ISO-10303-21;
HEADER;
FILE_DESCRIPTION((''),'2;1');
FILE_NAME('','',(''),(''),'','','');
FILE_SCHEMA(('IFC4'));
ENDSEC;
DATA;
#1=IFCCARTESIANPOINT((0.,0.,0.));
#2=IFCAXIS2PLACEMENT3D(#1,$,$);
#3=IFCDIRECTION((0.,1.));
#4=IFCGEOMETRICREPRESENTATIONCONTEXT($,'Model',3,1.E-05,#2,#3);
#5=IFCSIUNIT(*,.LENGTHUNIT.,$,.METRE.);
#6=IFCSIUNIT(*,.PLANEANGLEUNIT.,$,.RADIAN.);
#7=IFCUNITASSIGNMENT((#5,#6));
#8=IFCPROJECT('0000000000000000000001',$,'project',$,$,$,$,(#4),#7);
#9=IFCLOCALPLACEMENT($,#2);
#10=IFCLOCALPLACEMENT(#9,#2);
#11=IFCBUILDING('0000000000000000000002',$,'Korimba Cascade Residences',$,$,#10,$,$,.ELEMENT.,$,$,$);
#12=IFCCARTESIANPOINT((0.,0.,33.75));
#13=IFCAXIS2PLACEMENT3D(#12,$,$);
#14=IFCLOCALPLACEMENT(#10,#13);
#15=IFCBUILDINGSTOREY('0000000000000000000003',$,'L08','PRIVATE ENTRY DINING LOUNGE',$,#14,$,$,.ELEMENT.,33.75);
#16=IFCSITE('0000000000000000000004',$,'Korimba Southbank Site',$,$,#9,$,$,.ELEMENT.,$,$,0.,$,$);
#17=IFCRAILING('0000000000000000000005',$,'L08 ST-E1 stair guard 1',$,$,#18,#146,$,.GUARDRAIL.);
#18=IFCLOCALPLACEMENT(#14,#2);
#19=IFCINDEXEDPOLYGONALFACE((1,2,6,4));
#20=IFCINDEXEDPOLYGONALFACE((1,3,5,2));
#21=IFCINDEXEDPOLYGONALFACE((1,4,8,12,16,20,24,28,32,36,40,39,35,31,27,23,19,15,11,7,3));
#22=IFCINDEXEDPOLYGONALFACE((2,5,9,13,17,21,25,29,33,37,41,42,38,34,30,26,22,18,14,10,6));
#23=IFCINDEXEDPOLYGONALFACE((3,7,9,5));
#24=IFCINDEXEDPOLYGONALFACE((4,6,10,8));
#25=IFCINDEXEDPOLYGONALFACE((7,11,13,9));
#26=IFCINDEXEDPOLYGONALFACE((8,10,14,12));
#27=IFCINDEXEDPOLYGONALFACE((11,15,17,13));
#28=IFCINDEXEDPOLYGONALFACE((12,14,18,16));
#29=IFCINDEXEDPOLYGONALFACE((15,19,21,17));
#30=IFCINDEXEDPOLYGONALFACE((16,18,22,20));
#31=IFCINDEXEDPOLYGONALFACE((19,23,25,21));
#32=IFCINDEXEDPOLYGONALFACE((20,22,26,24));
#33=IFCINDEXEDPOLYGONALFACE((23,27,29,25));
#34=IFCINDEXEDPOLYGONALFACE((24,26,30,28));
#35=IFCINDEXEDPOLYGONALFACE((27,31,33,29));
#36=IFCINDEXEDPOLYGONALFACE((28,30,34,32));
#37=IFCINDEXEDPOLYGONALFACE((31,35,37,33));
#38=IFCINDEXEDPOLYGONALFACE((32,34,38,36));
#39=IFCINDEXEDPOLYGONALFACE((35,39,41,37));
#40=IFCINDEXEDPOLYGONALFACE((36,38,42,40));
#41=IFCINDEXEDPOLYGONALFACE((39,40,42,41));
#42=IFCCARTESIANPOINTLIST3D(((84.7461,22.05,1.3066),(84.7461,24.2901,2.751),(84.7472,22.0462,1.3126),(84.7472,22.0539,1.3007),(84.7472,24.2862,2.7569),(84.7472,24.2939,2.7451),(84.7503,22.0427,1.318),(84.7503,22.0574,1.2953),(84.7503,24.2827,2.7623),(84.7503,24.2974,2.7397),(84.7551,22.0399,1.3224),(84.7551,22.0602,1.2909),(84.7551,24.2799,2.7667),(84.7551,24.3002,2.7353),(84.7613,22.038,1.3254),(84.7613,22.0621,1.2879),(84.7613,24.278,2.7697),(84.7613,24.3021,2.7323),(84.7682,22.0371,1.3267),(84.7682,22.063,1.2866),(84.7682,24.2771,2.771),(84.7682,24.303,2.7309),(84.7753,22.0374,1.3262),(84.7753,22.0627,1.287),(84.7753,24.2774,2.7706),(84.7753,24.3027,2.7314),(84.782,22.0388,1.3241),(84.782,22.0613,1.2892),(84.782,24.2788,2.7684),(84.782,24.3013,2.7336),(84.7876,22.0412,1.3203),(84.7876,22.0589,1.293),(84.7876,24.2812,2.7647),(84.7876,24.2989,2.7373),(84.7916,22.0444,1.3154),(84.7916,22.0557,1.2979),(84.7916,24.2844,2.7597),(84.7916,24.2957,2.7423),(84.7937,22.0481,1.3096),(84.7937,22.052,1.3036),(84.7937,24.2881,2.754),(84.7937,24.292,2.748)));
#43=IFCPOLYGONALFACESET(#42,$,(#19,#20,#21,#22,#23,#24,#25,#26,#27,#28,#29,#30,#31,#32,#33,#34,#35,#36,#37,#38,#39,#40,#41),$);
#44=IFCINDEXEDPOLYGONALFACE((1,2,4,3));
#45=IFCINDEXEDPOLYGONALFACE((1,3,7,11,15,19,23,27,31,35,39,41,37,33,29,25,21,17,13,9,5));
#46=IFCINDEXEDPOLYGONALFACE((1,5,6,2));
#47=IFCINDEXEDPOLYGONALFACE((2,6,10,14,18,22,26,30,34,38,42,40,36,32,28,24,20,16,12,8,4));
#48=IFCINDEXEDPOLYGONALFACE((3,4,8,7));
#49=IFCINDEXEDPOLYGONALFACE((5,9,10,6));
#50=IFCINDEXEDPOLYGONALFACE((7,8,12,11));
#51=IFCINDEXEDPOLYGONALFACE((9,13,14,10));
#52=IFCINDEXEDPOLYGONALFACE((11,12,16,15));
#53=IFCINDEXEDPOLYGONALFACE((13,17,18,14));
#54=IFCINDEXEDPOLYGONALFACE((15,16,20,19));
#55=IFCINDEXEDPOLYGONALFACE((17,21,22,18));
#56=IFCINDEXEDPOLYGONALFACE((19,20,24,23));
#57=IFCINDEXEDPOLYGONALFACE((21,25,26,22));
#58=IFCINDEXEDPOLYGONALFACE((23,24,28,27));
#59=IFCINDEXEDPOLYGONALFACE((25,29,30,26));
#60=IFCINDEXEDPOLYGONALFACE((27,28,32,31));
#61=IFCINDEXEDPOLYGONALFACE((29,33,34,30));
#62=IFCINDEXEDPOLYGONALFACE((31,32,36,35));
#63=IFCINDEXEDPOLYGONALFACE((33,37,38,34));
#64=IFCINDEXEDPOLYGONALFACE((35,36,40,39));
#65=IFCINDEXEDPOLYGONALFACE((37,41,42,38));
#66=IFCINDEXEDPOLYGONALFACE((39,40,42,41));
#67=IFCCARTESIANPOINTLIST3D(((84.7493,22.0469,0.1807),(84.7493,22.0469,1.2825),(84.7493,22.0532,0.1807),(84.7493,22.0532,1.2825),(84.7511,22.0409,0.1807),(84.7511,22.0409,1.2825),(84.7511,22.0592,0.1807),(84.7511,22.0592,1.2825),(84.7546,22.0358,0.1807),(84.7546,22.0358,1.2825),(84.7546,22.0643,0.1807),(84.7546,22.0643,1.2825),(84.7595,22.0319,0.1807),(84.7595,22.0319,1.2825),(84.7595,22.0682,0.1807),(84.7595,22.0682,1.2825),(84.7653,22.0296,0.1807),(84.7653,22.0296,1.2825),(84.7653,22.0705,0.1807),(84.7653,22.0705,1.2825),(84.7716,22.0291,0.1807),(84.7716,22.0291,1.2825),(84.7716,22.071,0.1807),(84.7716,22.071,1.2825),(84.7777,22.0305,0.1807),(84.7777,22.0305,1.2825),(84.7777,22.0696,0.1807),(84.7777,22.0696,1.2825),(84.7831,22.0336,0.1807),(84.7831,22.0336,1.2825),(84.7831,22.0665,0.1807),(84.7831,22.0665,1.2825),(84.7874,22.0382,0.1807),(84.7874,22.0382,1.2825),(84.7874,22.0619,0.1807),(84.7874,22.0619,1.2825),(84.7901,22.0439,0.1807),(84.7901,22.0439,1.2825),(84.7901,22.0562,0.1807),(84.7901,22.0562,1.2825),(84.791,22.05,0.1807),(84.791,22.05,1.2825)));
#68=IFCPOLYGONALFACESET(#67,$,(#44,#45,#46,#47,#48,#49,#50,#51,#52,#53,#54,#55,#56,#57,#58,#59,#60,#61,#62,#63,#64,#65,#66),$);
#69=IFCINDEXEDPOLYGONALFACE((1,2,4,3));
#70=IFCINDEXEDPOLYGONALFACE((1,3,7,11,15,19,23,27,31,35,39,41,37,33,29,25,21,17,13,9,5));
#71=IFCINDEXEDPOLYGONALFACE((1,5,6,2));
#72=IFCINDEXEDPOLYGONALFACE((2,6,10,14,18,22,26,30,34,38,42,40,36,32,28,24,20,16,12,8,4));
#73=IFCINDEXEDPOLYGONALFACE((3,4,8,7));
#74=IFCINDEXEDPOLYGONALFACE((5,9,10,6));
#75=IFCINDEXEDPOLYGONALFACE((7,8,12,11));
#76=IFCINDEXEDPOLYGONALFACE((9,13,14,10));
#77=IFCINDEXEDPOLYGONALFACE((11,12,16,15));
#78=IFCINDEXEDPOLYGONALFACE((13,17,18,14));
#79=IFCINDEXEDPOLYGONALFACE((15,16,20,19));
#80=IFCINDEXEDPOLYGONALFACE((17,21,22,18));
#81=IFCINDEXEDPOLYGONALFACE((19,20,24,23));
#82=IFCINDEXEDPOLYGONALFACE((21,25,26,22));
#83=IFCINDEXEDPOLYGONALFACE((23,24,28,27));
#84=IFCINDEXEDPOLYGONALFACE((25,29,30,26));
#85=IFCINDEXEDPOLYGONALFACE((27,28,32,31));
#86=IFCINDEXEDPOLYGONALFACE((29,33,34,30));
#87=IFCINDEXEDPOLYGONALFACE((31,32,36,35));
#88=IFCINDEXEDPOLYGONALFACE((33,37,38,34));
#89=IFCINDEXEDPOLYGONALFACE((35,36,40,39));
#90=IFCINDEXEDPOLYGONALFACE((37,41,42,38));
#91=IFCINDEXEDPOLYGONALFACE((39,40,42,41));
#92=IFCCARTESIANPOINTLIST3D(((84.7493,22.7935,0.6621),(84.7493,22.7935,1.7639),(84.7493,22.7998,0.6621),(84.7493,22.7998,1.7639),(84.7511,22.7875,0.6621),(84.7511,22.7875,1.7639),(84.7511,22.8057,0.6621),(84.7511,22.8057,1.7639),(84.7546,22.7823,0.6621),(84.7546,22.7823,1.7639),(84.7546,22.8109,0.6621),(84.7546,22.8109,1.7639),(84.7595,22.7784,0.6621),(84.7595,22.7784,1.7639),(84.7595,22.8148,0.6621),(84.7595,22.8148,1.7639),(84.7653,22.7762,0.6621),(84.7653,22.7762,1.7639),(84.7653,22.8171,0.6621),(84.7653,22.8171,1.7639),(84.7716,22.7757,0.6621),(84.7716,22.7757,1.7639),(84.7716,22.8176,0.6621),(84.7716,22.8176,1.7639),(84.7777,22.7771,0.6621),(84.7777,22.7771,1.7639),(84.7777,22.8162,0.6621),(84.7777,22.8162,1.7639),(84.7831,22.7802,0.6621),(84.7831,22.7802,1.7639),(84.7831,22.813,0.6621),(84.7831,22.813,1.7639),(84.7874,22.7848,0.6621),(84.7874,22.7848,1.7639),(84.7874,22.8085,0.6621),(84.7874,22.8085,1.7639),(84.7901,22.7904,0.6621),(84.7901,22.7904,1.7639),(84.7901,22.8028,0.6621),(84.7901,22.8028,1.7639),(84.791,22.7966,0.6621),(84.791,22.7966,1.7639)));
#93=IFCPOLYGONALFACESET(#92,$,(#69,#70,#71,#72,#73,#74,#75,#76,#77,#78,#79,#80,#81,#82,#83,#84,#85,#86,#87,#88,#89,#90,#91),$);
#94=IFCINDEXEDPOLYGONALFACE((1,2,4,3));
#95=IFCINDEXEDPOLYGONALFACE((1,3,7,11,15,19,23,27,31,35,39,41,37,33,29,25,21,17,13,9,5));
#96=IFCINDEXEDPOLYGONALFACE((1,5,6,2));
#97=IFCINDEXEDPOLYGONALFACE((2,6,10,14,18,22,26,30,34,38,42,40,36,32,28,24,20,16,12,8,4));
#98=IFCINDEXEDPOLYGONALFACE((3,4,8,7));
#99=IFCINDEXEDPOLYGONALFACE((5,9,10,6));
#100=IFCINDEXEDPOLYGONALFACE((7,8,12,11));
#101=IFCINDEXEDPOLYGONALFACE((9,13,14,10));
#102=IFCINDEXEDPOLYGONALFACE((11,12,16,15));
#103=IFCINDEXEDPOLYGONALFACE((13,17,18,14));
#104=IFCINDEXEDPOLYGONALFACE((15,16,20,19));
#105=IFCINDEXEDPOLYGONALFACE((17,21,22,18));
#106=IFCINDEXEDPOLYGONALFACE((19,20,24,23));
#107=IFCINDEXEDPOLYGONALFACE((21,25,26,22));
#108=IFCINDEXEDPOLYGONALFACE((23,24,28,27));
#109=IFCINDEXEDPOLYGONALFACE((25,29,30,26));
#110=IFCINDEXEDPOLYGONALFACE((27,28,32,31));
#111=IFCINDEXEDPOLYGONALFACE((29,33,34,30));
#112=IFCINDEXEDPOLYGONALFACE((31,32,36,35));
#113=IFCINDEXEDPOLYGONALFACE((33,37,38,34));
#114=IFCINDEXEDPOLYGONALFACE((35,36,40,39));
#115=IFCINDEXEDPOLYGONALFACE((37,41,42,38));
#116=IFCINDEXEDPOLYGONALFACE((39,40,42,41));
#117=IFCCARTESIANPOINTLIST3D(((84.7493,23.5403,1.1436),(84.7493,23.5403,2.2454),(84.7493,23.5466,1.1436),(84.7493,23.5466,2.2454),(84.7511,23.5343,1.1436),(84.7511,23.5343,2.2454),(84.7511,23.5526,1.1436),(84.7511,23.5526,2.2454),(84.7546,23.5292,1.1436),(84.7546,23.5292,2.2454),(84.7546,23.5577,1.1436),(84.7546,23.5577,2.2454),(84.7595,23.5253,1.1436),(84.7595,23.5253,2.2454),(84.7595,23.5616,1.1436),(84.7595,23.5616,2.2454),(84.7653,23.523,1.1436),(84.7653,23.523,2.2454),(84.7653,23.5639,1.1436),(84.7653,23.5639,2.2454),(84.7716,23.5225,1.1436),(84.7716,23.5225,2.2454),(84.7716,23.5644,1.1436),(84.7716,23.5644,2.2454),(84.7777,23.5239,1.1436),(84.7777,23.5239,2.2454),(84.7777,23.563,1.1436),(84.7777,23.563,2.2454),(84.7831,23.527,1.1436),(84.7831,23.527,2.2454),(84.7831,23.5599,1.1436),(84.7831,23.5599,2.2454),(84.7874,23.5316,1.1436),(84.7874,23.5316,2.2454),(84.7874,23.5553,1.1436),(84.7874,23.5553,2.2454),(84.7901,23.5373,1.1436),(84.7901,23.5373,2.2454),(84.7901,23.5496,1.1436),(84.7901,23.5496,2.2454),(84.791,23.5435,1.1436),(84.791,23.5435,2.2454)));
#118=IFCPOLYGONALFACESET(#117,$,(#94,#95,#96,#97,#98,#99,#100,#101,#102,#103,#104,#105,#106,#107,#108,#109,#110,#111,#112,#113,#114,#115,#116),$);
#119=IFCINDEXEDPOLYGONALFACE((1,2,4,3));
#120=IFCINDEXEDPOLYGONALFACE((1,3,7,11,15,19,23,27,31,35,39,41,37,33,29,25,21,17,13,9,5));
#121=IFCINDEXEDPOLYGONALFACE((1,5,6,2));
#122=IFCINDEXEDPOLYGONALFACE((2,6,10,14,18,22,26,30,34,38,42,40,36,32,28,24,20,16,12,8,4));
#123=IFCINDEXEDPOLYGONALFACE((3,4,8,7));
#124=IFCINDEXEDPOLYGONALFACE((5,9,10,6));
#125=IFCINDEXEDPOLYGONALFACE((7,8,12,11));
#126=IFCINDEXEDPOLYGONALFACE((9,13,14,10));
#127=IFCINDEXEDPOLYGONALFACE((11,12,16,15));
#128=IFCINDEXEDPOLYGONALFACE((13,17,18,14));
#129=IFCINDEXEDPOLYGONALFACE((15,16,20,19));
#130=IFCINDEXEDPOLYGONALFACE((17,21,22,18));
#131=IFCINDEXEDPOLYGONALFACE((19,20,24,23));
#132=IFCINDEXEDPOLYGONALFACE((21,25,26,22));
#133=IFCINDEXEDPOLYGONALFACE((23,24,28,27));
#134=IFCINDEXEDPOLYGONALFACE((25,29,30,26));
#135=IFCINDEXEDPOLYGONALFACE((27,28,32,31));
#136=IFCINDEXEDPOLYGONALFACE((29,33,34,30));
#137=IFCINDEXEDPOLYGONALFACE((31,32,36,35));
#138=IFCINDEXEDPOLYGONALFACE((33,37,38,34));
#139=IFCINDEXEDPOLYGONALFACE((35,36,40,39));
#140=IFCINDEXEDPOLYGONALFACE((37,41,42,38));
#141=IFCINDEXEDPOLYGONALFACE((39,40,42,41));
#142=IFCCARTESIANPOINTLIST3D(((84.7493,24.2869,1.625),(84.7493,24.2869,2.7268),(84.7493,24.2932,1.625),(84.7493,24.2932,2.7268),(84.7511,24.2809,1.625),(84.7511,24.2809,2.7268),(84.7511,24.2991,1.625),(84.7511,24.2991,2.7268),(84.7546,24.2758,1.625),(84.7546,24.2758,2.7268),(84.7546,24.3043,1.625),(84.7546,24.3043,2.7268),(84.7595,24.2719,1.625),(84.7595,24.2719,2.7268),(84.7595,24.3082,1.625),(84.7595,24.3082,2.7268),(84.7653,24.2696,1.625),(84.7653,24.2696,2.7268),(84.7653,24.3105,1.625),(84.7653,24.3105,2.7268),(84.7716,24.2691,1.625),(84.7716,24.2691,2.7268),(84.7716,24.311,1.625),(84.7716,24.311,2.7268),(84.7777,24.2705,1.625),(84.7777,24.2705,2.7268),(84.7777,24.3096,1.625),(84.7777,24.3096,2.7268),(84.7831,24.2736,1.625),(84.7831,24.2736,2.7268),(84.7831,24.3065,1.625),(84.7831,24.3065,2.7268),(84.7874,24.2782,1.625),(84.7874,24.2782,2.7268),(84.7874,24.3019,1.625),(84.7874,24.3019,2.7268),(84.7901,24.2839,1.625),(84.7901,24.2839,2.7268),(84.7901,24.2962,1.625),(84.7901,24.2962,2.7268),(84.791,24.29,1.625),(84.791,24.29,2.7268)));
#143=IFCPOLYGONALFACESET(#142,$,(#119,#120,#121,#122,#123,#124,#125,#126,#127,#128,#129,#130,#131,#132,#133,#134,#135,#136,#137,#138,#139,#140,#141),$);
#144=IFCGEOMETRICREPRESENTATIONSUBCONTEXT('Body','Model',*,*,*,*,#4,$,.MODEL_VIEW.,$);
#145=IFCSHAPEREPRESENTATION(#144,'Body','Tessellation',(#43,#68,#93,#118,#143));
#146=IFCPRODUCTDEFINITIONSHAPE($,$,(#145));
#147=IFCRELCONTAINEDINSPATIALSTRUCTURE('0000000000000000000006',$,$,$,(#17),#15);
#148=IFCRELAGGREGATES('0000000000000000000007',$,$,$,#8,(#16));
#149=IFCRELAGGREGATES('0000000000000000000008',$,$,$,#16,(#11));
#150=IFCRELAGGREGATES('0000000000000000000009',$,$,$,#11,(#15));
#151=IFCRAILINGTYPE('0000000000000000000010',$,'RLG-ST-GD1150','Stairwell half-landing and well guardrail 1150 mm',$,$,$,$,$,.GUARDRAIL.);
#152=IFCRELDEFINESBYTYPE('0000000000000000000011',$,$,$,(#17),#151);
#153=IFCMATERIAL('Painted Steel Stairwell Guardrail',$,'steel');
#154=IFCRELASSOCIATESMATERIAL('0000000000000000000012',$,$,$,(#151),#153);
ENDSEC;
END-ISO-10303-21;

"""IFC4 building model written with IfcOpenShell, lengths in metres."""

from ifc_helpers import new_model, si_unit, direction, frame, origin, origin_2d, place, context, subcontext, project, spatial, circle, extrude, material, type_object, element, save


model = new_model("IFC4")

# Units and contexts
model_context = context("Model", 3, precision=1e-05, world=origin(), true_north=direction((0.0, 1.0)))
body_context = subcontext(model_context, "Body", "Model", "MODEL_VIEW")
ifc_project = project(units=[si_unit("LENGTHUNIT", "METRE"), si_unit("PLANEANGLEUNIT", "RADIAN")], contexts=[model_context])

# Site, building, storey
site_placement = place(None, origin())
site = spatial("IfcSite", under=ifc_project, at=site_placement, Name="Korimba Southbank Site", CompositionType="ELEMENT", RefElevation=0.0)
building_placement = place(site_placement, origin())
building = spatial("IfcBuilding", under=site, at=building_placement, Name="Korimba Cascade Residences", CompositionType="ELEMENT")
storey_placement = place(building_placement, frame((0.0, 0.0, 33.75)))
storey = spatial("IfcBuildingStorey", under=building, at=storey_placement, Name="L08", Description="PRIVATE ENTRY DINING LOUNGE", CompositionType="ELEMENT", Elevation=33.75)

# Railing
ifc_material_1 = material(Name="Painted Steel Stairwell Guardrail", Category="steel")
railing_type_1 = type_object("IfcRailingType", Name="RLG-ST-GD1150", Description="Stairwell half-landing and well guardrail 1150 mm", PredefinedType="GUARDRAIL", material=ifc_material_1)
railing_1_placement = place(storey_placement, frame((84.77, 22.05, 0.1807)))
element("IfcRailing", 1, at=railing_1_placement, inside=storey, type_object=railing_type_1, Name="L08 ST-E1 stair guard 1", PredefinedType="GUARDRAIL", context=body_context, shape_type="SweptSolid", body=[
    extrude(circle(Radius=0.0239, at=origin_2d()), frame((0.0, 0.0, 1.126), z_axis=(0.0, 0.840437, 0.54191), x_axis=(-1.0, 0.0, 0.0)), (0.0, 0.0, 1.0), 2.6653),
    extrude(circle(Radius=0.021, at=origin_2d()), origin(), (0.0, 0.0, 1.0), 1.1018),
    extrude(circle(Radius=0.021, at=origin_2d()), frame((0.0, 0.7466, 0.4814)), (0.0, 0.0, 1.0), 1.1018),
    extrude(circle(Radius=0.021, at=origin_2d()), frame((0.0, 1.4934, 0.9629)), (0.0, 0.0, 1.0), 1.1018),
    extrude(circle(Radius=0.021, at=origin_2d()), frame((0.0, 2.24, 1.4443)), (0.0, 0.0, 1.0), 1.1018),
])

save(model, "model.ifc")
